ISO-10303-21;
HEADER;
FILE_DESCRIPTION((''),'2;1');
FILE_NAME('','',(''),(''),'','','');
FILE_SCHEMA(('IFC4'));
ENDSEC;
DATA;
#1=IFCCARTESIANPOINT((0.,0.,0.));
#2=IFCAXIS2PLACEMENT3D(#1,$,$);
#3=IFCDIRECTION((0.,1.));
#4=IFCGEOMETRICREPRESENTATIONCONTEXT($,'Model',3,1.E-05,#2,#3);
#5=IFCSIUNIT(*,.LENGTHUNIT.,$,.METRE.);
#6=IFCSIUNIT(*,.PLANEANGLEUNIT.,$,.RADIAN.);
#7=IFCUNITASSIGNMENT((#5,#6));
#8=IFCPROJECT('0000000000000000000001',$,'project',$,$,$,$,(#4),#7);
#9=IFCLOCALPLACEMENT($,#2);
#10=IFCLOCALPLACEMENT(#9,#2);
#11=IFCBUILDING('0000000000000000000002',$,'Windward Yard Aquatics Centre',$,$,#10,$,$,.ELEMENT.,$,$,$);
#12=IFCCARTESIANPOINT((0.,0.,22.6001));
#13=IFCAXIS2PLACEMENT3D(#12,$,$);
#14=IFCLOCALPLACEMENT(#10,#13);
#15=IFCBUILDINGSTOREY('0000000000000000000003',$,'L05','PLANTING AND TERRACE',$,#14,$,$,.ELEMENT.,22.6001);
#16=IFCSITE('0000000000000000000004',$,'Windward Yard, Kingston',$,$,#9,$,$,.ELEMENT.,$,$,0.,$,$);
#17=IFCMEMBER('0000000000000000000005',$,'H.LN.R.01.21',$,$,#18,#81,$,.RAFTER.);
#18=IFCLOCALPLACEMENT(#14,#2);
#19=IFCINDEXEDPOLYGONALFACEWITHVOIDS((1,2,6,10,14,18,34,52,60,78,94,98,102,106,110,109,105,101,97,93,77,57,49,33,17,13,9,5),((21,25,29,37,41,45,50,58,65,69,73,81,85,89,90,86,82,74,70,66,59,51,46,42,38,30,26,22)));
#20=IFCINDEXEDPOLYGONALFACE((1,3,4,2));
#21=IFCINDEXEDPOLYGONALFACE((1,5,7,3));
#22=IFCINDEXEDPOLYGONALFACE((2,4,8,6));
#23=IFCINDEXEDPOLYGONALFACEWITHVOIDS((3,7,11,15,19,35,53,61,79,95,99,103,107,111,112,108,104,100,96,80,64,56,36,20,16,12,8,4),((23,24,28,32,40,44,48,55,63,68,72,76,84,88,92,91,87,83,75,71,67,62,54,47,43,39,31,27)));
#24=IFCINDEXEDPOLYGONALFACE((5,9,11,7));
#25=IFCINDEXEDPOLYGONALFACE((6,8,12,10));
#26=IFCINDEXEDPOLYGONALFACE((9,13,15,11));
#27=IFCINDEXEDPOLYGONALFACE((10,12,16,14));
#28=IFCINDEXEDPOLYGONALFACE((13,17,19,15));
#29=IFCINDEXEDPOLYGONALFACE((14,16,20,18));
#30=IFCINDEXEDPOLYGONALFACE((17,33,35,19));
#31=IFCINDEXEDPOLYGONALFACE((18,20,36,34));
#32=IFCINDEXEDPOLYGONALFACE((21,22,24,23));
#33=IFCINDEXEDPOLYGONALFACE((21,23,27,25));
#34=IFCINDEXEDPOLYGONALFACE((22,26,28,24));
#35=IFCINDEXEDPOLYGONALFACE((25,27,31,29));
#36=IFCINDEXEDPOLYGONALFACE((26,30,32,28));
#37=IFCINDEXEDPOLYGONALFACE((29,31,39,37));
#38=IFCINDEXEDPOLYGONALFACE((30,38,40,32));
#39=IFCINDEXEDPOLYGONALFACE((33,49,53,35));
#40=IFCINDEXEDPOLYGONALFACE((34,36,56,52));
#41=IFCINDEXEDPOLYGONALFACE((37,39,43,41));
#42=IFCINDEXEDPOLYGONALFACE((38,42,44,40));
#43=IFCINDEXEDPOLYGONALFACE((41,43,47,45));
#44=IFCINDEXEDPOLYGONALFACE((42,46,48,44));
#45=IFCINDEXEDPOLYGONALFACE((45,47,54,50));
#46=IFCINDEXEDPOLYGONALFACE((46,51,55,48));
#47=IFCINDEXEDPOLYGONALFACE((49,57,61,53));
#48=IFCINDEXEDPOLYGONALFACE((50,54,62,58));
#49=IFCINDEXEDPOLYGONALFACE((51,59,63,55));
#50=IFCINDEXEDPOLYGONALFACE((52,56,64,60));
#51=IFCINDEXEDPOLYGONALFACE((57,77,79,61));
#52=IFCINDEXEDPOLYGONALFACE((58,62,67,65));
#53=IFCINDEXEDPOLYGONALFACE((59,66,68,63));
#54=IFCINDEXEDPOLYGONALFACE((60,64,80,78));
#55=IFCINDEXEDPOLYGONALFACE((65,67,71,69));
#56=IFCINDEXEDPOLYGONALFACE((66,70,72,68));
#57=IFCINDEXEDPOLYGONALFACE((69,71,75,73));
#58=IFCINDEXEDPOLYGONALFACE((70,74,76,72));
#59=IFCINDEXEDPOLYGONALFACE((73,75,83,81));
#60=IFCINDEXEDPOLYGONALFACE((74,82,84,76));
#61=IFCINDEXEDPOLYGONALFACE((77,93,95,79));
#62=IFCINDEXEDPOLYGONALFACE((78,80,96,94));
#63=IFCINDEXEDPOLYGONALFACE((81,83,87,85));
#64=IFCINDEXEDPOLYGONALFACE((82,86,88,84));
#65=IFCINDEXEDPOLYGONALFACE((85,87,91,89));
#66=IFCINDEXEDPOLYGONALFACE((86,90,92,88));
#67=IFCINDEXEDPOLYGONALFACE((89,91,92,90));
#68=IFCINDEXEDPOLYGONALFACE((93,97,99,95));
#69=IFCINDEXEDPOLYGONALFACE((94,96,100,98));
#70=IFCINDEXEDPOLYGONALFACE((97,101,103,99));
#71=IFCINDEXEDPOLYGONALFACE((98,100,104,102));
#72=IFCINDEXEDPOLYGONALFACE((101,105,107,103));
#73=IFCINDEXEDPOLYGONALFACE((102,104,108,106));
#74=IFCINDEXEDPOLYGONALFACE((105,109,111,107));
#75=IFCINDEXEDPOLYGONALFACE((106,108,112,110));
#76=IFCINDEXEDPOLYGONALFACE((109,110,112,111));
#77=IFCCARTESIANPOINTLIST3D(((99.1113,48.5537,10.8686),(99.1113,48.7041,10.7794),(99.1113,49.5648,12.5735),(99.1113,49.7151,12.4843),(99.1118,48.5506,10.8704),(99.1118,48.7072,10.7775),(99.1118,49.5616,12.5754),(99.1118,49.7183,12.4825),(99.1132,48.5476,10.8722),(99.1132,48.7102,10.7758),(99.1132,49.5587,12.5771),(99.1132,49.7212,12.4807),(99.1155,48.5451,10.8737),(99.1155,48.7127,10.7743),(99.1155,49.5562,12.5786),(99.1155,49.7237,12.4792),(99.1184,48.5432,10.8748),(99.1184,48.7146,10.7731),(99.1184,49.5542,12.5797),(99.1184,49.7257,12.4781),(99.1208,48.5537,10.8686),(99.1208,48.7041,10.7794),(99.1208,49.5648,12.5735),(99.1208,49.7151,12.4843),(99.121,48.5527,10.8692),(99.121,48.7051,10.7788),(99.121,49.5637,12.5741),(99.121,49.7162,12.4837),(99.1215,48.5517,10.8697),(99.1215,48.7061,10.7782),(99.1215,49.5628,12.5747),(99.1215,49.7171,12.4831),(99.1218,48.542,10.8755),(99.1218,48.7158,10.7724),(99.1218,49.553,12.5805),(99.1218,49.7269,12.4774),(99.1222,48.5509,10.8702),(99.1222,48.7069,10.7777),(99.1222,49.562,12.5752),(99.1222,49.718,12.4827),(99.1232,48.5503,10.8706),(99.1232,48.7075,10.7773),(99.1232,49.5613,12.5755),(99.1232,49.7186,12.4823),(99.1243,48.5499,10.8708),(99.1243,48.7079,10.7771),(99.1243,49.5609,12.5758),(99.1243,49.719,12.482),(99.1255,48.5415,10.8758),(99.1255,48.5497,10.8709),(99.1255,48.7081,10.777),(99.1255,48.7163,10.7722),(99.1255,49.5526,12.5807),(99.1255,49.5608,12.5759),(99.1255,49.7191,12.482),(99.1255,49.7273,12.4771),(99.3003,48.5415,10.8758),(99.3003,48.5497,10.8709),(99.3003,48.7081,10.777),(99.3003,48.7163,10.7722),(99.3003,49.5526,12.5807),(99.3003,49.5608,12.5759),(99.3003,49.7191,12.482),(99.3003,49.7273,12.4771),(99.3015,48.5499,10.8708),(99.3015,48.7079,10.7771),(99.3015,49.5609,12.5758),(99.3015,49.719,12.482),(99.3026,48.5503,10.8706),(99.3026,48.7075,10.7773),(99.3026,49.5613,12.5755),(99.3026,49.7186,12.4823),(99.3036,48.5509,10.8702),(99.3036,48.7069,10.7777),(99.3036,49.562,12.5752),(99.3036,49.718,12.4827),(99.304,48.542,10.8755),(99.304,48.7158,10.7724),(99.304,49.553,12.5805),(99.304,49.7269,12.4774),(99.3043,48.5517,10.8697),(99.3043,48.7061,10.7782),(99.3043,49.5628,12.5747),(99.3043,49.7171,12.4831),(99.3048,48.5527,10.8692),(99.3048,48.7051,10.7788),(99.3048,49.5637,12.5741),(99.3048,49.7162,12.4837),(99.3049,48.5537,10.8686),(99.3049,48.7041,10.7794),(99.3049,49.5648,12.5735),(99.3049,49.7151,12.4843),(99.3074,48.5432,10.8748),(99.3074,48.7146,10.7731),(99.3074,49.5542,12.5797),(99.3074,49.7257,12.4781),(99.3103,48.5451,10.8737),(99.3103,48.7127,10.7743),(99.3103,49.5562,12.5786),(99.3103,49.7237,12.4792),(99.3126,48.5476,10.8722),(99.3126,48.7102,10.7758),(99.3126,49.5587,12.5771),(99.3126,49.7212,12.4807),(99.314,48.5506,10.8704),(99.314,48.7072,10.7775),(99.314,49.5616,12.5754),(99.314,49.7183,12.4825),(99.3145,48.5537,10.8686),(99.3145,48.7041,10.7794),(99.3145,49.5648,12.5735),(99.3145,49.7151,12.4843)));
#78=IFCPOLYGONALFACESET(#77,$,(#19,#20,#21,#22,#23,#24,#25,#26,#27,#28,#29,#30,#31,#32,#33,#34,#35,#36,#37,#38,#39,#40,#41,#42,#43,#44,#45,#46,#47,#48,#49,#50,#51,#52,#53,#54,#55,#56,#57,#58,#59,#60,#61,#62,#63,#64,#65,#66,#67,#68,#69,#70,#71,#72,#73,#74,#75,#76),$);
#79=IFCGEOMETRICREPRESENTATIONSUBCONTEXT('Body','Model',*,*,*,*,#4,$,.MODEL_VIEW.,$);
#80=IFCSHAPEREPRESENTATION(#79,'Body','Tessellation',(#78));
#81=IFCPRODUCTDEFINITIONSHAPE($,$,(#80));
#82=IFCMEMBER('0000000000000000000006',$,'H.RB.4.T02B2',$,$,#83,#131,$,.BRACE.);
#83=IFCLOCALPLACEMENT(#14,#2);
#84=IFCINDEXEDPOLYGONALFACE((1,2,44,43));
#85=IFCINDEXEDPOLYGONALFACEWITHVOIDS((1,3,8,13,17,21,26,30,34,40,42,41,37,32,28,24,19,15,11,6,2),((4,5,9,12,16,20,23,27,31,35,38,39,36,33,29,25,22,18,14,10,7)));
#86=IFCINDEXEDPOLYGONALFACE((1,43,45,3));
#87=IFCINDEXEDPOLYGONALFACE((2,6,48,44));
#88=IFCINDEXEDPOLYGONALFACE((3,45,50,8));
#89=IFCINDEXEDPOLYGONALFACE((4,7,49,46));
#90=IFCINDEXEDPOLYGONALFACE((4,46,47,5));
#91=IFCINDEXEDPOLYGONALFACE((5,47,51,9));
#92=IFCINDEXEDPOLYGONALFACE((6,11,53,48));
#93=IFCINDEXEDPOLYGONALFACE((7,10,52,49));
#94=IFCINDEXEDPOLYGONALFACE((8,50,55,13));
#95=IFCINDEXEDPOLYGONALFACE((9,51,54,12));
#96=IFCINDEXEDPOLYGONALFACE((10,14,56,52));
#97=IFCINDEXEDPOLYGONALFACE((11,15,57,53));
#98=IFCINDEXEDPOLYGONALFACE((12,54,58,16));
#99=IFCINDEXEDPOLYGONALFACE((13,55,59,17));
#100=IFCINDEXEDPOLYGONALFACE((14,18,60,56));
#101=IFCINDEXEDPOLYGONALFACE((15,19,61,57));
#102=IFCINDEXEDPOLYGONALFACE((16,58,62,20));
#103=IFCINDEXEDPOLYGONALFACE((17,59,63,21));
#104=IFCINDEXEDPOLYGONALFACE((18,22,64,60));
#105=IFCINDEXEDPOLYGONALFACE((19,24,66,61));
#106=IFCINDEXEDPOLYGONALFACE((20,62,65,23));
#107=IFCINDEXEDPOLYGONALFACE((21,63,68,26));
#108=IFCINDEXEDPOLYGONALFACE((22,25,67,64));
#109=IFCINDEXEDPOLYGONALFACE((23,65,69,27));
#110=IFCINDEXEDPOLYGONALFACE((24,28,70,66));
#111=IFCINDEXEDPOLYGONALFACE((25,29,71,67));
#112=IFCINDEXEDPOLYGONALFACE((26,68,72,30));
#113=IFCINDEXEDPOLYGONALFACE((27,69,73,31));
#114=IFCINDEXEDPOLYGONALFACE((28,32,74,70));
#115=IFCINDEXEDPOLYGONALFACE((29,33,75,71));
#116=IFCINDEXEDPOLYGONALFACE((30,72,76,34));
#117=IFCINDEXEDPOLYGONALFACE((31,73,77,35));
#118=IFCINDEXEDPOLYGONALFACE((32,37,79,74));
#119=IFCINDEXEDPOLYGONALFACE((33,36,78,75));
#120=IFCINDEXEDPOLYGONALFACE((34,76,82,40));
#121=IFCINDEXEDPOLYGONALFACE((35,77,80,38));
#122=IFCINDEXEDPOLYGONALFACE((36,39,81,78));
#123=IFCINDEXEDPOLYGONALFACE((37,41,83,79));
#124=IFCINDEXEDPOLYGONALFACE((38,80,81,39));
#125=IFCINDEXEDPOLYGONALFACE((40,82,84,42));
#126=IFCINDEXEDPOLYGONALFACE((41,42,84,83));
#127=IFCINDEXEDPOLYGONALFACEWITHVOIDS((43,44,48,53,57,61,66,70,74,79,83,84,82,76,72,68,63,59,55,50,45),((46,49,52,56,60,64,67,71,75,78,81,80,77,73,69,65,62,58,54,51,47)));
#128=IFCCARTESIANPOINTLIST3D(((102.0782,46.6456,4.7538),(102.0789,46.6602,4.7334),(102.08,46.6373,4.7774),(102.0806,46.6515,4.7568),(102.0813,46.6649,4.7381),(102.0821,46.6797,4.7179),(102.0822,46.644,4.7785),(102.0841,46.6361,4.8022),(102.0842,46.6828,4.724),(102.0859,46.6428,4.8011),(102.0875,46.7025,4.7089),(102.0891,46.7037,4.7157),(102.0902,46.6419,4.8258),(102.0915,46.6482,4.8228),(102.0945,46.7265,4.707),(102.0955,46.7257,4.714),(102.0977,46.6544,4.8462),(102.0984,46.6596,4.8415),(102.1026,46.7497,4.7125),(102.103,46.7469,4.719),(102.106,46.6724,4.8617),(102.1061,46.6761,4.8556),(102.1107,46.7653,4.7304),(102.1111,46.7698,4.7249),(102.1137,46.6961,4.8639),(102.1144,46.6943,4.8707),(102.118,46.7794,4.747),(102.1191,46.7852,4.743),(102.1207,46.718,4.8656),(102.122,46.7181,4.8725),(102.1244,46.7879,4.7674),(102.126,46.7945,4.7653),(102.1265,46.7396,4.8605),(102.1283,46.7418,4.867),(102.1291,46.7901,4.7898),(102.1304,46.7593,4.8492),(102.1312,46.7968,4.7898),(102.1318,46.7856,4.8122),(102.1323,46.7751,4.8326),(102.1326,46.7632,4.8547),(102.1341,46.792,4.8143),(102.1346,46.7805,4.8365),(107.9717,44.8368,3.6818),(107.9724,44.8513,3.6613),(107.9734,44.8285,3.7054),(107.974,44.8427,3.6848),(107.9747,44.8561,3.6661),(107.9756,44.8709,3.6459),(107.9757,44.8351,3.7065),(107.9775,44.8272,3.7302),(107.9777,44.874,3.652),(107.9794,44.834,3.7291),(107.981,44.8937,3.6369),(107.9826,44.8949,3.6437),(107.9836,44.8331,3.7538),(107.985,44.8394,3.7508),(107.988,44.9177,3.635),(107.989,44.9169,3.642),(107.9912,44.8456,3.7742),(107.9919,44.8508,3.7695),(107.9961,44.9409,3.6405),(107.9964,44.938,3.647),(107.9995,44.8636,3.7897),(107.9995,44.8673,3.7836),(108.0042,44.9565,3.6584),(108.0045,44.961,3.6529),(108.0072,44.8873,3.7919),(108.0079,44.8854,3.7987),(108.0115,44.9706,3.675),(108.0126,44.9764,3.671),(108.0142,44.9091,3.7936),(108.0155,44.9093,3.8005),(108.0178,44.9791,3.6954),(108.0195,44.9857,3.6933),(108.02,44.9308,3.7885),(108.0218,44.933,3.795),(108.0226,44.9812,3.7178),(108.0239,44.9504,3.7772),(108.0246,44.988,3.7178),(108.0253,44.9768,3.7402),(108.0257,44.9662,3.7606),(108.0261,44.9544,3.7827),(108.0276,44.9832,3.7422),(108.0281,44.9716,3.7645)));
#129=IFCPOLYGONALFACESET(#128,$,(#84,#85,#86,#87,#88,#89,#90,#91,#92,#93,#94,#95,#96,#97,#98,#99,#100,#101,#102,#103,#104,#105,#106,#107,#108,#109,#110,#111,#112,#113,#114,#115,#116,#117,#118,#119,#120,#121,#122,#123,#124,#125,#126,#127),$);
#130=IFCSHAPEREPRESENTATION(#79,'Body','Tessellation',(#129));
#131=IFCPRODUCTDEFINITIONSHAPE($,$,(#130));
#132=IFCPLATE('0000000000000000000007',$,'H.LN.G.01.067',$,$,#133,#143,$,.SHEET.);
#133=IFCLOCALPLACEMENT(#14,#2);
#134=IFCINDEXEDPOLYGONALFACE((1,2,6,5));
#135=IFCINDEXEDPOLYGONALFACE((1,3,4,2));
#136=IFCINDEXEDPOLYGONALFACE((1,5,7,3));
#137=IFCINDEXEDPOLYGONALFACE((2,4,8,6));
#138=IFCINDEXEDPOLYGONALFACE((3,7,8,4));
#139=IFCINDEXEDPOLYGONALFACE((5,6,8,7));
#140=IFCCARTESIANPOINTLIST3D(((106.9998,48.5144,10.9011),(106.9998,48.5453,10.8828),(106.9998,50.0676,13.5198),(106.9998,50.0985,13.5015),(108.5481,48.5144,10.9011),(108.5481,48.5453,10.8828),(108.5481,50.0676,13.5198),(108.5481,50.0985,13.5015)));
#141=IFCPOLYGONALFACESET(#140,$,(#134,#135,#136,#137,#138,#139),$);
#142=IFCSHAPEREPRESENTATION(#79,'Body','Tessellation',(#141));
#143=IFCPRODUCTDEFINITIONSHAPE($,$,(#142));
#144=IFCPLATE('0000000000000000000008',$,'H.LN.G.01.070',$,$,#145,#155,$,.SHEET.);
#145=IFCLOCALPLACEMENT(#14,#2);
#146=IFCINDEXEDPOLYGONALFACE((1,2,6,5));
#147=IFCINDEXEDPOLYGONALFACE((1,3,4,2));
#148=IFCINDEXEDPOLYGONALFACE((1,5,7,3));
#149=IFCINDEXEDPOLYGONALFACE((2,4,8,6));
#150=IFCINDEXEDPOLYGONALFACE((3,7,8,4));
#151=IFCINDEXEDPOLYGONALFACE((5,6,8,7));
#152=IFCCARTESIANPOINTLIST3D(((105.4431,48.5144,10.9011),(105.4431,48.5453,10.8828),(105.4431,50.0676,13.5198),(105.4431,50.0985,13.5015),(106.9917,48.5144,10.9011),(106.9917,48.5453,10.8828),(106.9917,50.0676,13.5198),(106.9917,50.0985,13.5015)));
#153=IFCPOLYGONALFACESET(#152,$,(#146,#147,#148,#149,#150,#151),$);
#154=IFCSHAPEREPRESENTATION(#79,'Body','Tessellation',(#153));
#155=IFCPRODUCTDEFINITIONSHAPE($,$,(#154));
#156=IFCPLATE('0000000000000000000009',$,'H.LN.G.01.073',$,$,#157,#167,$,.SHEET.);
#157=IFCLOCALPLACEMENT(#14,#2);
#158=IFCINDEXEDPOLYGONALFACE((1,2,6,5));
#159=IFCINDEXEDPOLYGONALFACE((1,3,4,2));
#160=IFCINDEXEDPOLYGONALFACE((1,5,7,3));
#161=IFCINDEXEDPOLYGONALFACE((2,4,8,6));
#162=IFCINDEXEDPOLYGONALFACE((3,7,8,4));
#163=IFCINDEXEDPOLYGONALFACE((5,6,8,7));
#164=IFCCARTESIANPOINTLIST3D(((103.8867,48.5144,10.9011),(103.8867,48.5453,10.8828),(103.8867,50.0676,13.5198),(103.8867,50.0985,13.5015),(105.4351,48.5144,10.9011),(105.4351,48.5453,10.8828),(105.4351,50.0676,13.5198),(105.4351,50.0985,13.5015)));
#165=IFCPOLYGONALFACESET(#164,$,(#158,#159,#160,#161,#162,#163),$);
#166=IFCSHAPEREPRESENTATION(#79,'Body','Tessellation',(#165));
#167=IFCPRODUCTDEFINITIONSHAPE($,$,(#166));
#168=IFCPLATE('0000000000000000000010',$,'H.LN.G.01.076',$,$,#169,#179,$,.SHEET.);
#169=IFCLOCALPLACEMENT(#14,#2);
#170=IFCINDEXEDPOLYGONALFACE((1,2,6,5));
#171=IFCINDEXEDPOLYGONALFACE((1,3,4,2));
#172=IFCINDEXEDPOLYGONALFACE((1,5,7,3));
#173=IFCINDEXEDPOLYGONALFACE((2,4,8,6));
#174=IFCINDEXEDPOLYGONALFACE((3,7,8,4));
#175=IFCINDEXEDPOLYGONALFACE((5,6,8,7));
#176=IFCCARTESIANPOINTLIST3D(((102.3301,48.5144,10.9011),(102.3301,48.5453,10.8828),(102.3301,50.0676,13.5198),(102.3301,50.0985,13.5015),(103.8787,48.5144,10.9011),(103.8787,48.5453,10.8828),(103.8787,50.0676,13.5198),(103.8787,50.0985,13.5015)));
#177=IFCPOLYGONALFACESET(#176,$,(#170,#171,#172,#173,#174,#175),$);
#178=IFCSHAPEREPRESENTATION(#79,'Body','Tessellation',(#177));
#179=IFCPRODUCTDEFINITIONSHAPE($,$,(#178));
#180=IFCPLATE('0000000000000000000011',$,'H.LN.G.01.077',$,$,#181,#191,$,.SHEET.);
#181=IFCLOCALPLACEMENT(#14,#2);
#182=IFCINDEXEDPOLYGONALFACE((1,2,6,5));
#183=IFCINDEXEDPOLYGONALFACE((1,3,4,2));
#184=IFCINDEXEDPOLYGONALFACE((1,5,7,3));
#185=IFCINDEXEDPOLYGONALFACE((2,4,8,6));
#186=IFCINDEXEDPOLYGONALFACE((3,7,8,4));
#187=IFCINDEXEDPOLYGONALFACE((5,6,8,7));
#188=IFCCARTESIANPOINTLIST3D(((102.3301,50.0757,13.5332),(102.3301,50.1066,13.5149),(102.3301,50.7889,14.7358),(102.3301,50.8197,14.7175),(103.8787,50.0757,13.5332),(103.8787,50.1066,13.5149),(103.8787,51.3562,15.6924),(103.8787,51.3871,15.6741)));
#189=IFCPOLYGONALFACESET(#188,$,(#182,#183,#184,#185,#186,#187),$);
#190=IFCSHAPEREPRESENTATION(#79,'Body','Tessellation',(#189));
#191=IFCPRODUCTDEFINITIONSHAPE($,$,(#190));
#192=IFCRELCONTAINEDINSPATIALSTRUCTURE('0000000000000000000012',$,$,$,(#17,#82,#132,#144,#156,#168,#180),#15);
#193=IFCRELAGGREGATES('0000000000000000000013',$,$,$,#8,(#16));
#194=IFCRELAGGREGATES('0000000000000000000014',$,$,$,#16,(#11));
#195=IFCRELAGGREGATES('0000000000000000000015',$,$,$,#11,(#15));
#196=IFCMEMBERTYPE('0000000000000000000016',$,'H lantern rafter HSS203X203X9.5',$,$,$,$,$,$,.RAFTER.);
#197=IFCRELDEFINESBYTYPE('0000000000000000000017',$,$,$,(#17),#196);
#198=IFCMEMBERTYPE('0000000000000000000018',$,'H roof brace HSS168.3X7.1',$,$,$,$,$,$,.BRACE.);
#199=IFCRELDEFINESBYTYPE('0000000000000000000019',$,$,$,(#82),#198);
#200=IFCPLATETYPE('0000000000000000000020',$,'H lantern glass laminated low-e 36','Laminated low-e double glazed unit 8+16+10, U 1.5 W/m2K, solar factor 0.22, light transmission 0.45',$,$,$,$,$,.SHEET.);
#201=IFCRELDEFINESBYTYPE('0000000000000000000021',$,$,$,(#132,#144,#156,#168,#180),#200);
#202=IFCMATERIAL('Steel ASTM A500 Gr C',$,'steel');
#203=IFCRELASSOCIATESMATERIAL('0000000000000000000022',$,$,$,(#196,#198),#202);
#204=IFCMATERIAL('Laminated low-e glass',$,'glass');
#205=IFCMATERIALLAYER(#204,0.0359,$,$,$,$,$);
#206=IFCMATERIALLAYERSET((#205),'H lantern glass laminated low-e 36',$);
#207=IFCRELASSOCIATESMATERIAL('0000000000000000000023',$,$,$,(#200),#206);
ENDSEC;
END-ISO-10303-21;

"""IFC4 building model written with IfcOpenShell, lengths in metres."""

from ifc_helpers import new_model, si_unit, direction, frame, origin, origin_2d, place, context, subcontext, project, spatial, polyline, hollow_rectangle, hollow_circle, outline, extrude, material, layer, layer_set, material_profile, profile_set, type_object, element, save


model = new_model("IFC4")

# Units and contexts
model_context = context("Model", 3, precision=1e-05, world=origin(), true_north=direction((0.0, 1.0)))
body_context = subcontext(model_context, "Body", "Model", "MODEL_VIEW")
ifc_project = project(units=[si_unit("LENGTHUNIT", "METRE"), si_unit("PLANEANGLEUNIT", "RADIAN")], contexts=[model_context])

# Site, building, storey
site_placement = place(None, origin())
site = spatial("IfcSite", under=ifc_project, at=site_placement, Name="Windward Yard, Kingston", CompositionType="ELEMENT", RefElevation=0.0)
building_placement = place(site_placement, origin())
building = spatial("IfcBuilding", under=site, at=building_placement, Name="Windward Yard Aquatics Centre", CompositionType="ELEMENT")
storey_placement = place(building_placement, frame((0.0, 0.0, 22.6001)))
storey = spatial("IfcBuildingStorey", under=building, at=storey_placement, Name="L05", Description="PLANTING AND TERRACE", CompositionType="ELEMENT", Elevation=22.6001)

# Members
ifc_material_1 = material(Name="Steel ASTM A500 Gr C", Category="steel")
ifc_material_profile_1 = material_profile(ifc_material_1, hollow_rectangle(XDim=0.2031, YDim=0.2031, WallThickness=0.0095, InnerFilletRadius=0.0046, OuterFilletRadius=0.0142, at=origin_2d()), Name="HSS203X203X9.5")
ifc_profile_set_1 = profile_set([ifc_material_profile_1], Name="Steel ASTM A500 Gr C")
member_type_1 = type_object("IfcMemberType", Name="H lantern rafter HSS203X203X9.5", PredefinedType="RAFTER", material=ifc_profile_set_1)
member_1_placement = place(storey_placement, frame((99.2129, 48.6289, 10.824), z_axis=(0.0, 0.510069, 0.860133), x_axis=(-1.0, 0.0, 0.0)))
element("IfcMember", 1, at=member_1_placement, inside=storey, type_object=member_type_1, Name="H.LN.R.01.21", PredefinedType="RAFTER", context=body_context, shape_type="SweptSolid", body=[
    extrude(hollow_rectangle(XDim=0.2031, YDim=0.2031, WallThickness=0.0095, InnerFilletRadius=0.0046, OuterFilletRadius=0.0142, at=origin_2d()), origin(), (0.0, 0.0, 1.0), 1.9822),
])
ifc_material_profile_2 = material_profile(ifc_material_1, hollow_circle(Radius=0.0842, WallThickness=0.0071, at=origin_2d()), Name="HSS168.3X7.1")
ifc_profile_set_2 = profile_set([ifc_material_profile_2], Name="Steel ASTM A500 Gr C")
member_type_2 = type_object("IfcMemberType", Name="H roof brace HSS168.3X7.1", PredefinedType="BRACE", material=ifc_profile_set_2)
member_2_placement = place(storey_placement, frame((102.1064, 46.7163, 4.7898), z_axis=(0.941853, -0.289072, -0.17132), x_axis=(0.29341, 0.955987, 0.0)))
element("IfcMember", 2, at=member_2_placement, inside=storey, type_object=member_type_2, Name="H.RB.4.T02B2", PredefinedType="BRACE", context=body_context, shape_type="SweptSolid", body=[
    extrude(hollow_circle(Radius=0.0842, WallThickness=0.0071, at=origin_2d()), origin(), (0.0, 0.0, 1.0), 6.2573),
])

# Plates
ifc_material_2 = material(Name="Laminated low-e glass", Category="glass")
ifc_layer_1 = layer(ifc_material_2, 0.0359)
ifc_layer_set_1 = layer_set([ifc_layer_1], Name="H lantern glass laminated low-e 36")
plate_type = type_object("IfcPlateType", Name="H lantern glass laminated low-e 36", Description="Laminated low-e double glazed unit 8+16+10, U 1.5 W/m2K, solar factor 0.22, light transmission 0.45", PredefinedType="SHEET", material=ifc_layer_set_1)
plate_1_placement = place(storey_placement, frame((106.9998, 48.5144, 10.9011), z_axis=(0.0, -0.860086, 0.51015), x_axis=(0.0, 0.51015, 0.860086)))
element("IfcPlate", 3, at=plate_1_placement, inside=storey, type_object=plate_type, Name="H.LN.G.01.067", PredefinedType="SHEET", context=body_context, shape_type="SweptSolid", body=[
    extrude(outline(polyline([(0.0, 0.0), (3.0446, 0.0), (3.0446, -1.5483), (0.0, -1.5483), (0.0, 0.0)])), origin(), (0.0, 0.0, -1.0), 0.0359),
])
plate_2_placement = place(storey_placement, frame((105.4431, 48.5144, 10.9011), z_axis=(0.0, -0.860086, 0.51015), x_axis=(0.0, 0.51015, 0.860086)))
element("IfcPlate", 4, at=plate_2_placement, inside=storey, type_object=plate_type, Name="H.LN.G.01.070", PredefinedType="SHEET", context=body_context, shape_type="SweptSolid", body=[
    extrude(outline(polyline([(0.0, 0.0), (3.0446, 0.0), (3.0446, -1.5486), (0.0, -1.5486), (0.0, 0.0)])), origin(), (0.0, 0.0, -1.0), 0.0359),
])
plate_3_placement = place(storey_placement, frame((103.8867, 48.5144, 10.9011), z_axis=(0.0, -0.860086, 0.51015), x_axis=(0.0, 0.51015, 0.860086)))
element("IfcPlate", 5, at=plate_3_placement, inside=storey, type_object=plate_type, Name="H.LN.G.01.073", PredefinedType="SHEET", context=body_context, shape_type="SweptSolid", body=[
    extrude(outline(polyline([(0.0, 0.0), (3.0446, 0.0), (3.0446, -1.5483), (0.0, -1.5483), (0.0, 0.0)])), origin(), (0.0, 0.0, -1.0), 0.0359),
])
plate_4_placement = place(storey_placement, frame((102.3301, 48.5144, 10.9011), z_axis=(0.0, -0.860086, 0.51015), x_axis=(0.0, 0.51015, 0.860086)))
element("IfcPlate", 6, at=plate_4_placement, inside=storey, type_object=plate_type, Name="H.LN.G.01.076", PredefinedType="SHEET", context=body_context, shape_type="SweptSolid", body=[
    extrude(outline(polyline([(0.0, 0.0), (3.0446, 0.0), (3.0446, -1.5486), (0.0, -1.5486), (0.0, 0.0)])), origin(), (0.0, 0.0, -1.0), 0.0359),
])
plate_5_placement = place(storey_placement, frame((102.3301, 50.0757, 13.5332), z_axis=(0.000035, -0.860127, 0.51008), x_axis=(0.0, 0.51008, 0.860127)))
element("IfcPlate", 7, at=plate_5_placement, inside=storey, type_object=plate_type, Name="H.LN.G.01.077", PredefinedType="SHEET", context=body_context, shape_type="SweptSolid", body=[
    extrude(outline(polyline([(0.0, 0.0), (1.3982, 0.0), (2.5103, -1.5486), (0.0, -1.5486), (0.0, 0.0)])), origin(), (0.0, 0.0, -1.0), 0.0359),
])

save(model, "model.ifc")
